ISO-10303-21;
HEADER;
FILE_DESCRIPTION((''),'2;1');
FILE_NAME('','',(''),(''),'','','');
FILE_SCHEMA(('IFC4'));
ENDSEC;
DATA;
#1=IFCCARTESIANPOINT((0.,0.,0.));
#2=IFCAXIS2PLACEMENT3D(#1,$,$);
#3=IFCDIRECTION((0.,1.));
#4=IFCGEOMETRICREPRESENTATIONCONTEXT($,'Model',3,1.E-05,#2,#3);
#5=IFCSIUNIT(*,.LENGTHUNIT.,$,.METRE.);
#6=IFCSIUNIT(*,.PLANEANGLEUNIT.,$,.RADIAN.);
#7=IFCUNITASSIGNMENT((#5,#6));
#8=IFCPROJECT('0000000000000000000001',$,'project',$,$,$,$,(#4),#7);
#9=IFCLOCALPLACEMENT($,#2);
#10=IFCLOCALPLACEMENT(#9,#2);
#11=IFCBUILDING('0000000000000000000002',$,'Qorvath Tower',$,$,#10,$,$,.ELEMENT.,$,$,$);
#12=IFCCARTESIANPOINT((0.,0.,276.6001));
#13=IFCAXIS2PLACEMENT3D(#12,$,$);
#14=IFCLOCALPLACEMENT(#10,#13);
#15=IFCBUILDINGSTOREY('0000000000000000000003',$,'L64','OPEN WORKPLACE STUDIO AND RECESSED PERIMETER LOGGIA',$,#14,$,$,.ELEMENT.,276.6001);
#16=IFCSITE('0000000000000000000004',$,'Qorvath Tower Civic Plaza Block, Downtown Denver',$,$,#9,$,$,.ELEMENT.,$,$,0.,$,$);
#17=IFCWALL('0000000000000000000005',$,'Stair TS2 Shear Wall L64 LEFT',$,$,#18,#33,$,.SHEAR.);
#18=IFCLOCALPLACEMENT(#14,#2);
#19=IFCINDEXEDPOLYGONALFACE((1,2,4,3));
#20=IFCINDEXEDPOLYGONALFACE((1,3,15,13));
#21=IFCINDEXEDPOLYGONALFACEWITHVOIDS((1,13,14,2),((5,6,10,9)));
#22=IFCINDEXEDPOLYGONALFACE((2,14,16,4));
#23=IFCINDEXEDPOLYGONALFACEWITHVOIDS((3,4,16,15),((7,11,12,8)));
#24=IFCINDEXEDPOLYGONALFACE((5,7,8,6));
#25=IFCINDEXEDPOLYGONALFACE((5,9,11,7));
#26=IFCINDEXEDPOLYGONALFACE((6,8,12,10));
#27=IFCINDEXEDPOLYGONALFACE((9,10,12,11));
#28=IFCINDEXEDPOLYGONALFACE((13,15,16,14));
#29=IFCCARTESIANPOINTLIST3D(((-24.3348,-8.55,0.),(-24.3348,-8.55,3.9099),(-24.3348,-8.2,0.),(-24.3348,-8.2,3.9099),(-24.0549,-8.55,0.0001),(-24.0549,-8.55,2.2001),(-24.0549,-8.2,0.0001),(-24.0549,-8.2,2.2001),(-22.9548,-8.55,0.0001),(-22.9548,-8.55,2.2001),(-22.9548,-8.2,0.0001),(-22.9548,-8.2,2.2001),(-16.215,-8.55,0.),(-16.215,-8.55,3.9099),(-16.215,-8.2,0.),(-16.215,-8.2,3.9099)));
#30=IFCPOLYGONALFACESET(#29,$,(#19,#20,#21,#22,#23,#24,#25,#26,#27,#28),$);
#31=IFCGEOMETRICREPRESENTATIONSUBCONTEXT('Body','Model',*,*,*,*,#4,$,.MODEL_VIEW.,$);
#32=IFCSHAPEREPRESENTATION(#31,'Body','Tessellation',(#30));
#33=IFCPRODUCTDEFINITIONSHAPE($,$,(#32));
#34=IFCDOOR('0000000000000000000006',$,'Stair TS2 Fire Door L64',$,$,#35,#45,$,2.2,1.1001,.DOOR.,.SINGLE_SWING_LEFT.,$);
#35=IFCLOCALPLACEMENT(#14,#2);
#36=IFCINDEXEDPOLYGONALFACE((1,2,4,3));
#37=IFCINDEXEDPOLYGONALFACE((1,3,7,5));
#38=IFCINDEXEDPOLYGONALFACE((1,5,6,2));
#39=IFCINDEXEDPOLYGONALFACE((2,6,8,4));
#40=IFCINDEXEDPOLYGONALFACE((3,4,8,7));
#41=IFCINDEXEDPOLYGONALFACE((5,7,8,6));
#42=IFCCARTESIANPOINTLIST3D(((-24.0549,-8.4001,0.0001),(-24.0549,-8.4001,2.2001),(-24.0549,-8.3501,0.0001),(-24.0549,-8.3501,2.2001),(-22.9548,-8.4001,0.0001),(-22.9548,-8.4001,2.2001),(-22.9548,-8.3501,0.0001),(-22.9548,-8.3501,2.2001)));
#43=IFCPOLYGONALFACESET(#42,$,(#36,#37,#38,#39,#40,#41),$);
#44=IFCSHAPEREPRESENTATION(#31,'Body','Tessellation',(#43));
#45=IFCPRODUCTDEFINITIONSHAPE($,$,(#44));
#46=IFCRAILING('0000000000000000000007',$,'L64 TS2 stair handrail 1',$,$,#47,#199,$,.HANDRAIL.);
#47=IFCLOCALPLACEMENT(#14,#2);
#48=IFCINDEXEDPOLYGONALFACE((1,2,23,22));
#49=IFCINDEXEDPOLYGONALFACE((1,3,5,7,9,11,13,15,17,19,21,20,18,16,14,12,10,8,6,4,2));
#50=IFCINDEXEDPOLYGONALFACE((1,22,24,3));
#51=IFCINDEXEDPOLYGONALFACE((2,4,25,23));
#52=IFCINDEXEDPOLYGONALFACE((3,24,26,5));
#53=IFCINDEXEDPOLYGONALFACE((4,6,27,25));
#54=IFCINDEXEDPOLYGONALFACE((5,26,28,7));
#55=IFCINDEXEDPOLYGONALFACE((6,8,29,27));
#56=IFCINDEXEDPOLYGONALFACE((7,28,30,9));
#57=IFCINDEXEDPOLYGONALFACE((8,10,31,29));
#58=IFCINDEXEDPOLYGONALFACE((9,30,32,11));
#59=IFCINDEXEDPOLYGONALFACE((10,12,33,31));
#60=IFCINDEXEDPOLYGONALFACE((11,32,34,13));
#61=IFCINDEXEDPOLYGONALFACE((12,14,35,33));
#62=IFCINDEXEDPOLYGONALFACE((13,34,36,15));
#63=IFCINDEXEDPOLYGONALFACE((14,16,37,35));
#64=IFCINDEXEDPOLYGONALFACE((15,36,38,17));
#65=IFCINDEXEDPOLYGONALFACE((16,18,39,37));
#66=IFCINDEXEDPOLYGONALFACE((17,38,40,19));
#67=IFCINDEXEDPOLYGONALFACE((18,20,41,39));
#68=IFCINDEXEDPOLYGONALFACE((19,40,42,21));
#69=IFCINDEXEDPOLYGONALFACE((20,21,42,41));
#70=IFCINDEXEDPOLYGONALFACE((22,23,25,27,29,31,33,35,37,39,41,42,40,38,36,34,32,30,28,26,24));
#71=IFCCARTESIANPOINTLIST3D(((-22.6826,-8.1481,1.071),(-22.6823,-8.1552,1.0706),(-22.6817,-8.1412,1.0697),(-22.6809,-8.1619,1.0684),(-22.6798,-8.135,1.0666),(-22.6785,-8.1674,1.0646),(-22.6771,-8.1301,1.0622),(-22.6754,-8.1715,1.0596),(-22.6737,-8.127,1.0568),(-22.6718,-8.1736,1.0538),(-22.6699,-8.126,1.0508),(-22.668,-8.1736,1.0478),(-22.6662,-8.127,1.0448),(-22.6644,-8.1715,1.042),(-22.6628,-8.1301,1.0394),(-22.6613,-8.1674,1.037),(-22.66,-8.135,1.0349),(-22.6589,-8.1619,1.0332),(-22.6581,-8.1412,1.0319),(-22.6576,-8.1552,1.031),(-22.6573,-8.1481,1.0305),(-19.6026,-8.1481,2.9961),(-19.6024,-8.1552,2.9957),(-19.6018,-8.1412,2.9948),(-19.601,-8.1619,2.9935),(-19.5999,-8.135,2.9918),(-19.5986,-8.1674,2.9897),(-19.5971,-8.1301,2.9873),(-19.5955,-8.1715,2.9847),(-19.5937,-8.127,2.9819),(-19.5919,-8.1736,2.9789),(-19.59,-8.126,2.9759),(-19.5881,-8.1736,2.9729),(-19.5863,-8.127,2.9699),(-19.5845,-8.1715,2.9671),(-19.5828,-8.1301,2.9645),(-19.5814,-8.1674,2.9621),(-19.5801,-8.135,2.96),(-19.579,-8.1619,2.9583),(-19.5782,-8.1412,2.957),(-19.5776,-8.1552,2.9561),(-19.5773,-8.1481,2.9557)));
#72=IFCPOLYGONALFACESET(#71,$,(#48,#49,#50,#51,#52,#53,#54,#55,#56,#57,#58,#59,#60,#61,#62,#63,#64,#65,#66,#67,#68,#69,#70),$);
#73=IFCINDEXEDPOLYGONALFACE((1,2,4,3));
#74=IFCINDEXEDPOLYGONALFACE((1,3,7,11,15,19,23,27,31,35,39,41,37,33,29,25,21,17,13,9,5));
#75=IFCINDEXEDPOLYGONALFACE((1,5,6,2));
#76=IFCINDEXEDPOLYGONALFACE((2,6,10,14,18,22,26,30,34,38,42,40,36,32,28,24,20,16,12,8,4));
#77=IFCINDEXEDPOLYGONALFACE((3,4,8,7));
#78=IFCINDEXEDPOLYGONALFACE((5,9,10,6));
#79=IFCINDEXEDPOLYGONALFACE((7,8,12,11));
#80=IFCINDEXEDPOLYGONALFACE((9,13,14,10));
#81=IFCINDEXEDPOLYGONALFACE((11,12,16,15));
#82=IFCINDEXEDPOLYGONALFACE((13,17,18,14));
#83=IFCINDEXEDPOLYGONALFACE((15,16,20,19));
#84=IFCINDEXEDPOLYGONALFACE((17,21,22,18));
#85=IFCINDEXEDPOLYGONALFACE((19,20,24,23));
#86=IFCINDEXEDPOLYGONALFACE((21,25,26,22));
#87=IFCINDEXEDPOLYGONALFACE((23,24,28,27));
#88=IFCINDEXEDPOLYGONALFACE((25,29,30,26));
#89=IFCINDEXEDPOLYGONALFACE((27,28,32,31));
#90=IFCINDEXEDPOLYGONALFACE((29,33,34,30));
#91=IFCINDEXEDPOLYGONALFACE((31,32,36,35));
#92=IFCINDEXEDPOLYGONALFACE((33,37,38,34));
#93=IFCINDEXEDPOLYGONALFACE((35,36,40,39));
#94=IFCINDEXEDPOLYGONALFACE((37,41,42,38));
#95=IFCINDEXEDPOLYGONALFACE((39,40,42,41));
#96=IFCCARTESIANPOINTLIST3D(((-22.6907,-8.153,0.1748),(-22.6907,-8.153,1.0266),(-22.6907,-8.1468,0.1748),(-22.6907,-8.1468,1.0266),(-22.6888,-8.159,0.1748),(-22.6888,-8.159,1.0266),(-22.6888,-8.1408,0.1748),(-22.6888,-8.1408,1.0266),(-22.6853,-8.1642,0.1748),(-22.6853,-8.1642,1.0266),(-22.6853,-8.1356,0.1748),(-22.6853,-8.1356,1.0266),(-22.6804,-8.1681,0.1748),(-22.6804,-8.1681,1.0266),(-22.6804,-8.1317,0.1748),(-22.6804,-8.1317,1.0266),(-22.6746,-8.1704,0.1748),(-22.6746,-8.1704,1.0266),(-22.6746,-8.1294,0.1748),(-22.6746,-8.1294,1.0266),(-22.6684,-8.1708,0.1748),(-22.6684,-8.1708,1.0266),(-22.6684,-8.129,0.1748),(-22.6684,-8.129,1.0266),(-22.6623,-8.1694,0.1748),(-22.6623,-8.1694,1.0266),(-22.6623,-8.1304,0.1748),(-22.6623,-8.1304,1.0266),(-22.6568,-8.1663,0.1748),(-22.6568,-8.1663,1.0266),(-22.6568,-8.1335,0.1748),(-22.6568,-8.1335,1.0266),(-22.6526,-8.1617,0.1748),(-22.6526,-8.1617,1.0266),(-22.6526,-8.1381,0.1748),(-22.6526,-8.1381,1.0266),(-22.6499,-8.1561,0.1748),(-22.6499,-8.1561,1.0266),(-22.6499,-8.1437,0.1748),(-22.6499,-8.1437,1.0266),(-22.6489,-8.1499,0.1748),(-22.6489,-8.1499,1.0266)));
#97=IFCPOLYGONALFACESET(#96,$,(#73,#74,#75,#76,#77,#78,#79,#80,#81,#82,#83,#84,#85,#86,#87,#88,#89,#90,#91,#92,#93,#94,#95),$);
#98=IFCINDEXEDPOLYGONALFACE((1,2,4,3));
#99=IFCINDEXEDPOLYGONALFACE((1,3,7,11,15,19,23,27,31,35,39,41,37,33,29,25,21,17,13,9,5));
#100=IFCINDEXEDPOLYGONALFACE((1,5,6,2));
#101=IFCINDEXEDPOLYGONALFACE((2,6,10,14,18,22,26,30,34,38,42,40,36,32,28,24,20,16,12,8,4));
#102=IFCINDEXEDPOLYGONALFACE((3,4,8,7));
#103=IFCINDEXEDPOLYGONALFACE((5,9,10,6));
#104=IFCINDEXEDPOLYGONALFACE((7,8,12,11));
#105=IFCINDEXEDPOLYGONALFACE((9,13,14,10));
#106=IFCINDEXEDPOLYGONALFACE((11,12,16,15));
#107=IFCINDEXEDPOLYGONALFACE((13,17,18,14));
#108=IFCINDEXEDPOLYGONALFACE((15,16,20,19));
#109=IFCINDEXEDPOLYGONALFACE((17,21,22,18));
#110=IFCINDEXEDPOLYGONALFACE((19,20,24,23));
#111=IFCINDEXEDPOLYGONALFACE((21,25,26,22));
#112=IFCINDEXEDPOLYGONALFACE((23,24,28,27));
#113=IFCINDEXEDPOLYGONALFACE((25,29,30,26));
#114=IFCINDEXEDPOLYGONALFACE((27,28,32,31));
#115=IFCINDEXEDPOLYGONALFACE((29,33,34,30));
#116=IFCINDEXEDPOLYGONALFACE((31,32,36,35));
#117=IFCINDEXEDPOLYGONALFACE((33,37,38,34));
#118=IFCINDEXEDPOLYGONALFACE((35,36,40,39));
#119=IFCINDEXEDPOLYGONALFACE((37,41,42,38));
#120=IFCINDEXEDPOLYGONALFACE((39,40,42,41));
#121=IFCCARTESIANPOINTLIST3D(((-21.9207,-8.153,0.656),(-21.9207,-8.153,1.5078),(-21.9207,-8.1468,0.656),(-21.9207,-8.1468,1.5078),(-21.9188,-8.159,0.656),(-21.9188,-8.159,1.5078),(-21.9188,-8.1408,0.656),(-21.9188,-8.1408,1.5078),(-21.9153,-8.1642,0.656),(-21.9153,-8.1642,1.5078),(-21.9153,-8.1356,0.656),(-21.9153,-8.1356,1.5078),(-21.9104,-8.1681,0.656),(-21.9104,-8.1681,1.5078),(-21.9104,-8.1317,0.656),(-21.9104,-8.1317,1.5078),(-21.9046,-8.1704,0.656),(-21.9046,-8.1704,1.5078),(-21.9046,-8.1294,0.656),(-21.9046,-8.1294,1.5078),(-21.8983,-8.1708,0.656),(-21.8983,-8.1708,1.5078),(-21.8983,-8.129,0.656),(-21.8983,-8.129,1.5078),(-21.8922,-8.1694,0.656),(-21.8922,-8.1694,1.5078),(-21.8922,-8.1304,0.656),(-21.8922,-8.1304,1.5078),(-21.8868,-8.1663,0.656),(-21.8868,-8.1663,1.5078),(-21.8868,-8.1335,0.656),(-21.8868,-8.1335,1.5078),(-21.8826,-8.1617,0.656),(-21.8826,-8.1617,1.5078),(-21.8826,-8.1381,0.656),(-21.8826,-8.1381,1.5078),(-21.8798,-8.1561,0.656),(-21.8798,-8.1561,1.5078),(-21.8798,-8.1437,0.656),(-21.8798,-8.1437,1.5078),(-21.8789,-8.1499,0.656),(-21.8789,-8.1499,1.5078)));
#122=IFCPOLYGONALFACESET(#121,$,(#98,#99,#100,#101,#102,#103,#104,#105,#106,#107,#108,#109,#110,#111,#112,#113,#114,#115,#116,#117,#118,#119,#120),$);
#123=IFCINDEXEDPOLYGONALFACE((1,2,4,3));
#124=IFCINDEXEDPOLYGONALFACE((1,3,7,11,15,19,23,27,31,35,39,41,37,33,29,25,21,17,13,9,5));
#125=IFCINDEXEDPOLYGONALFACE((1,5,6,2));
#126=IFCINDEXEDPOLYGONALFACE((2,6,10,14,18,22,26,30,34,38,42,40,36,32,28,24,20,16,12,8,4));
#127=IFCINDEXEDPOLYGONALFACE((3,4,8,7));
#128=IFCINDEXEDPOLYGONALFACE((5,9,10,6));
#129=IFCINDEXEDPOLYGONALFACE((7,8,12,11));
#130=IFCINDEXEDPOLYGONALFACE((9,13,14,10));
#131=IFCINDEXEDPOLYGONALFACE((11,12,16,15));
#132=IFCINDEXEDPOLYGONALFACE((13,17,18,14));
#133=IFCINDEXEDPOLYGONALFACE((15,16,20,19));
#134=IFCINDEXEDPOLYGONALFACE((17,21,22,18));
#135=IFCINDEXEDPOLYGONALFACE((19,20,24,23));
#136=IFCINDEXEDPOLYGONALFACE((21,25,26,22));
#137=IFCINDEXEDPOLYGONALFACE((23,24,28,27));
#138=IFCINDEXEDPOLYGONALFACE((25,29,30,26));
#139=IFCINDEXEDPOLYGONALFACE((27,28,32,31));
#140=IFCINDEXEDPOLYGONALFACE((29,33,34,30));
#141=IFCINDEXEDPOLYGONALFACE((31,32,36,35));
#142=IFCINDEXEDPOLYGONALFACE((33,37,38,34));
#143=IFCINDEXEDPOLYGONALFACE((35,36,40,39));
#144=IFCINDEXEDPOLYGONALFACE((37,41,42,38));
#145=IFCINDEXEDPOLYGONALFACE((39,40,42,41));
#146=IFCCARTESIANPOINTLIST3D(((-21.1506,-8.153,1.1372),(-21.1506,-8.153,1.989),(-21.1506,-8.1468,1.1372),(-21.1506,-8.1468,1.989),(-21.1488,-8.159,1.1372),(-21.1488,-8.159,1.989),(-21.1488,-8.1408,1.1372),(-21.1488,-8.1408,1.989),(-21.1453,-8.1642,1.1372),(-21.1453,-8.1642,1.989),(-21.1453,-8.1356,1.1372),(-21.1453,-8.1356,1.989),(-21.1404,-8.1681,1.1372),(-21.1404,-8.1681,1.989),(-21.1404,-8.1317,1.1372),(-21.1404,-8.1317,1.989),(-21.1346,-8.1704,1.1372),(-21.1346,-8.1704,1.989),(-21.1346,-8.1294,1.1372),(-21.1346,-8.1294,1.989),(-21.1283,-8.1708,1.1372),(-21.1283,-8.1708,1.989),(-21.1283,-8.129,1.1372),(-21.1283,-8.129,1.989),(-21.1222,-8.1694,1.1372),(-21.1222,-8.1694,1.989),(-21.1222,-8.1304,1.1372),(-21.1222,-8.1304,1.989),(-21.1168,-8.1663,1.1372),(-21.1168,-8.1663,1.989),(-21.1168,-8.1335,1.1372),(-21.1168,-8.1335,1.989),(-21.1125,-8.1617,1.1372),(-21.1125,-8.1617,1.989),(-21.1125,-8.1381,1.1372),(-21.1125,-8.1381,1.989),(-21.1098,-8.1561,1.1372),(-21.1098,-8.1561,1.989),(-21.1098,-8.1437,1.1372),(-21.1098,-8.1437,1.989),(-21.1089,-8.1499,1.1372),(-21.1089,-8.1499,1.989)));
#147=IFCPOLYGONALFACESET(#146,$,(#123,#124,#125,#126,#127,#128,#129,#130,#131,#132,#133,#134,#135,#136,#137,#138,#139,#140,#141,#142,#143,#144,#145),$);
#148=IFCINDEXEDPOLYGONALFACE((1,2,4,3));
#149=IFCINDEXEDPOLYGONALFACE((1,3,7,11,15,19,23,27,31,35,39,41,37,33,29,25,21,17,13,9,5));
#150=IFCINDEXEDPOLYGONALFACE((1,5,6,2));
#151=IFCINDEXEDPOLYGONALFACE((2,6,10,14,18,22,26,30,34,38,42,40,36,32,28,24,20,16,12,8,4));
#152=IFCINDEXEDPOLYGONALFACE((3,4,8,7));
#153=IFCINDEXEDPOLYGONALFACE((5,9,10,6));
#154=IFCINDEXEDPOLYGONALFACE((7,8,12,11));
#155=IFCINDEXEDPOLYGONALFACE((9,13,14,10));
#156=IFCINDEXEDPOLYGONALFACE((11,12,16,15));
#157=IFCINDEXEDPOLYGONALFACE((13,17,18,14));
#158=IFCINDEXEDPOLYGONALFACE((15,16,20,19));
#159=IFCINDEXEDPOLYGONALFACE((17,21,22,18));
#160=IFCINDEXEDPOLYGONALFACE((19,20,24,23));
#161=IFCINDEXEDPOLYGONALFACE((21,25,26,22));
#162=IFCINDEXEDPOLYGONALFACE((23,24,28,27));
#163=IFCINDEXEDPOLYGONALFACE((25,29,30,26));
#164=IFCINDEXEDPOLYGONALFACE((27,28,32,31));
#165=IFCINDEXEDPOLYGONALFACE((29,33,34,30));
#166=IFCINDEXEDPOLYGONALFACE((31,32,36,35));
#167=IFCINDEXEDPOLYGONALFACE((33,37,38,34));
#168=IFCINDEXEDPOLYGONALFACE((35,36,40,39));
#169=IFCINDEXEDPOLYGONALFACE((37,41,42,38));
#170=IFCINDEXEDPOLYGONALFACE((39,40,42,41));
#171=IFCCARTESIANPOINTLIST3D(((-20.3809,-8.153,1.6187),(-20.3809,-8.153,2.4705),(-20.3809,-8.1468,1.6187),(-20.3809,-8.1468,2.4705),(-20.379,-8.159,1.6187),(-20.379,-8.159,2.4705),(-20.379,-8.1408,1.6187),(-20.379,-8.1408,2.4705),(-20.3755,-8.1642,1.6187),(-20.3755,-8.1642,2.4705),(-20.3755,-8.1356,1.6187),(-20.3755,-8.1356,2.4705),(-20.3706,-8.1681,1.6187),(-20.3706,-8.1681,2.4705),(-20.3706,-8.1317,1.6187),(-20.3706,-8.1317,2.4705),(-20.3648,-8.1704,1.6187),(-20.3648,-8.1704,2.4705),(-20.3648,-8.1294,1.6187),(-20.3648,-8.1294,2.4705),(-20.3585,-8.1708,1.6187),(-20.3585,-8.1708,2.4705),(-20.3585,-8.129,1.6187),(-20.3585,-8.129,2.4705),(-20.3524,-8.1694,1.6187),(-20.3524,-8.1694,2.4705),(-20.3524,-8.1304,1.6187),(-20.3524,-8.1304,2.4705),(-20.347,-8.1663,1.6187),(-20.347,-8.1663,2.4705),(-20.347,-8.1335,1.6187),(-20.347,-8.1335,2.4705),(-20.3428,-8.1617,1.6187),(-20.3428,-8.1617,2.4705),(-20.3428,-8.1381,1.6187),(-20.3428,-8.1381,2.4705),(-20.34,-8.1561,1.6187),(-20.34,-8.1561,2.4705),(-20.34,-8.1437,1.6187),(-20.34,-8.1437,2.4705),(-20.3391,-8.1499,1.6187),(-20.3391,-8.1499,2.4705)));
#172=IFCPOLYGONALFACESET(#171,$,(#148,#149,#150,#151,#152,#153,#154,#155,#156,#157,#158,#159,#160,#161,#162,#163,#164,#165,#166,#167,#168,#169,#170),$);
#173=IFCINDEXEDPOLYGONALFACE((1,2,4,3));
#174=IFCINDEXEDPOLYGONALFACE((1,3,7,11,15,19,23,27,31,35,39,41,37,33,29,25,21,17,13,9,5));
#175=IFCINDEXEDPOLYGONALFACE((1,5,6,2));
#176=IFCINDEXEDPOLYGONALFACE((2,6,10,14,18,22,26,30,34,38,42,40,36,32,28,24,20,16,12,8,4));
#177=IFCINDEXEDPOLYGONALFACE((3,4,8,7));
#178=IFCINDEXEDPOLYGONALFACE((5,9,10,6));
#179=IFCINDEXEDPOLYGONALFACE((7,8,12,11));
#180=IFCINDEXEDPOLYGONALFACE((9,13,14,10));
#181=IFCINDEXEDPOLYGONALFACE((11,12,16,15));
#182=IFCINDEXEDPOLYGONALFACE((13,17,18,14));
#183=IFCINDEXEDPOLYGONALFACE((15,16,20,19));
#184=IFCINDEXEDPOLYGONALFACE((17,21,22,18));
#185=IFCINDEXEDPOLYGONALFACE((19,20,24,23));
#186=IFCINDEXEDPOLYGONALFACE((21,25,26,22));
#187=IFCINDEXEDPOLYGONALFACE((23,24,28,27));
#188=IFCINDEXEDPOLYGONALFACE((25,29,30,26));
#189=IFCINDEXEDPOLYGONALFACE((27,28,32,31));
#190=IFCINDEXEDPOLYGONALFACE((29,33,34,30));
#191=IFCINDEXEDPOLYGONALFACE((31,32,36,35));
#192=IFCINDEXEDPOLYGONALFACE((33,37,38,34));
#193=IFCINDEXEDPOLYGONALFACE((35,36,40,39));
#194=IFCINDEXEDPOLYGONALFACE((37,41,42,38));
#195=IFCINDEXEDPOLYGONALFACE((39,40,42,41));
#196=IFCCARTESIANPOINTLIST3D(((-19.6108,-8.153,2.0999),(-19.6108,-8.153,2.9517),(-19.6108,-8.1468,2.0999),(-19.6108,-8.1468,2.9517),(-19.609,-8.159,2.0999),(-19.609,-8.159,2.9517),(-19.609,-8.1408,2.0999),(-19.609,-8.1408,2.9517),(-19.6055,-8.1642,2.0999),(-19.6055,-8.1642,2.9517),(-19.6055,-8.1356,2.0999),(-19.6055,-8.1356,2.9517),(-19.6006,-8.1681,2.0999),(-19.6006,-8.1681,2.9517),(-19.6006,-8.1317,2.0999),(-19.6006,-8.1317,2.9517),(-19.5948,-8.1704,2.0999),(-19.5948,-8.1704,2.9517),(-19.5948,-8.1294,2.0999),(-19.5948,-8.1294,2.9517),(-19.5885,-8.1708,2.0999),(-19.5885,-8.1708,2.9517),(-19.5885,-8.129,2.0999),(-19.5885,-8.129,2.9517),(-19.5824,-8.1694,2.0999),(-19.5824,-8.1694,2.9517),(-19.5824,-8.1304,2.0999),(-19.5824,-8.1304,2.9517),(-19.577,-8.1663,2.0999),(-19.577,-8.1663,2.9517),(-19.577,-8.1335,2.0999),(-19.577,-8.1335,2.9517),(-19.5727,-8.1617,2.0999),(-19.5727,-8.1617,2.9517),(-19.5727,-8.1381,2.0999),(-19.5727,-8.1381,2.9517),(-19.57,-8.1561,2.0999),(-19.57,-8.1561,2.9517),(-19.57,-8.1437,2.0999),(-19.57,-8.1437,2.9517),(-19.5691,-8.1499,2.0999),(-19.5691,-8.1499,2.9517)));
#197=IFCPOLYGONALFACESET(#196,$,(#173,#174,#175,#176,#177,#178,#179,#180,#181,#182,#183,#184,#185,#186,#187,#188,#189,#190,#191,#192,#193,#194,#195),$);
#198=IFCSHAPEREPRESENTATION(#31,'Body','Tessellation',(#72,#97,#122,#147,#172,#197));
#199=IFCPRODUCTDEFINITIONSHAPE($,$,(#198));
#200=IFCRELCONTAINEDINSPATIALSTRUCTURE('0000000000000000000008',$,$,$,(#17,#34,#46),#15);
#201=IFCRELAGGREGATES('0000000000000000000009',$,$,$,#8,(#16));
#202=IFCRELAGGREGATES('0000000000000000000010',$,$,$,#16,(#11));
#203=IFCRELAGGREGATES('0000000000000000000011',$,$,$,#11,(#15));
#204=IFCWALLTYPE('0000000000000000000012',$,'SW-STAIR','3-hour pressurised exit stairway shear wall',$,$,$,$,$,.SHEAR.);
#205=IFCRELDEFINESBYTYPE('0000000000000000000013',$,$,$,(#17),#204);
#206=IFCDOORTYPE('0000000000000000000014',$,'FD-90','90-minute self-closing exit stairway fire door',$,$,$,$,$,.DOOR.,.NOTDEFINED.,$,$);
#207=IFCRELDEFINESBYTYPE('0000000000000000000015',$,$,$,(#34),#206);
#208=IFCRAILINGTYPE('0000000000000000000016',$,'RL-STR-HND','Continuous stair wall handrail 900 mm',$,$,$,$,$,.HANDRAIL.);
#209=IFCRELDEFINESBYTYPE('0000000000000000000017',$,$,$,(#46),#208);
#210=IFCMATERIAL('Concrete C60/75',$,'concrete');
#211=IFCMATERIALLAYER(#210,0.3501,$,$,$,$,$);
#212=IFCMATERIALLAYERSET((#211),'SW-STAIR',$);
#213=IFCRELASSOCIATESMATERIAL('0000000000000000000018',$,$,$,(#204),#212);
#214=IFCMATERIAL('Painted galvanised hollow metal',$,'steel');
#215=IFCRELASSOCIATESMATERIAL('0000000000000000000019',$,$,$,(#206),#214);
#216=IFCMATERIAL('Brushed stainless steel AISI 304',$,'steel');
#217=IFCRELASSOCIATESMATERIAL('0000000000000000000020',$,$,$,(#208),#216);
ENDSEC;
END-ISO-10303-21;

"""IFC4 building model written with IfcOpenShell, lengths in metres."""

from ifc_helpers import new_model, si_unit, direction, frame, frame_2d, origin, origin_2d, place, context, subcontext, project, spatial, rectangle, circle, extrude, material, layer, layer_set, type_object, element, fill, save


model = new_model("IFC4")

# Units and contexts
model_context = context("Model", 3, precision=1e-05, world=origin(), true_north=direction((0.0, 1.0)))
body_context = subcontext(model_context, "Body", "Model", "MODEL_VIEW")
ifc_project = project(units=[si_unit("LENGTHUNIT", "METRE"), si_unit("PLANEANGLEUNIT", "RADIAN")], contexts=[model_context])

# Site, building, storey
site_placement = place(None, origin())
site = spatial("IfcSite", under=ifc_project, at=site_placement, Name="Qorvath Tower Civic Plaza Block, Downtown Denver", CompositionType="ELEMENT", RefElevation=0.0)
building_placement = place(site_placement, origin())
building = spatial("IfcBuilding", under=site, at=building_placement, Name="Qorvath Tower", CompositionType="ELEMENT")
storey_placement = place(building_placement, frame((0.0, 0.0, 276.6001)))
storey = spatial("IfcBuildingStorey", under=building, at=storey_placement, Name="L64", Description="OPEN WORKPLACE STUDIO AND RECESSED PERIMETER LOGGIA", CompositionType="ELEMENT", Elevation=276.6001)

# Wall, opening, door
ifc_material_1 = material(Name="Concrete C60/75", Category="concrete")
ifc_layer_1 = layer(ifc_material_1, 0.3501)
ifc_layer_set_1 = layer_set([ifc_layer_1], Name="SW-STAIR")
wall_type_1 = type_object("IfcWallType", Name="SW-STAIR", Description="3-hour pressurised exit stairway shear wall", PredefinedType="SHEAR", material=ifc_layer_set_1)
wall_1_placement = place(storey_placement, frame((-24.335, -8.375, 0.0), z_axis=(0.0, 0.0, 1.0), x_axis=(1.0, 0.0, 0.0)))
wall_1 = element("IfcWall", 1, at=wall_1_placement, inside=storey, type_object=wall_type_1, Name="Stair TS2 Shear Wall L64 LEFT", PredefinedType="SHEAR", context=body_context, shape_type="SweptSolid", body=[
    extrude(rectangle(XDim=8.1199, YDim=0.3501, at=frame_2d((4.0601, 0.0))), origin(), (0.0, 0.0, 1.0), 3.9099),
])
opening_1_placement = place(wall_1_placement, frame((0.28, 0.0, 0.0)))
opening_1 = element("IfcOpeningElement", 2, at=opening_1_placement, cuts=wall_1, PredefinedType="OPENING", context=body_context, shape_type="SweptSolid", body=[
    extrude(rectangle(XDim=1.1001, YDim=2.2, at=frame_2d((0.55, 1.1001))), frame((0.0, 0.1851, 0.0), z_axis=(0.0, -1.0, 0.0), x_axis=(1.0, 0.0, 0.0)), (0.0, 0.0, 1.0), 0.3701),
])
ifc_material_2 = material(Name="Painted galvanised hollow metal", Category="steel")
door_type_1 = type_object("IfcDoorType", Name="FD-90", Description="90-minute self-closing exit stairway fire door", OperationType="NOTDEFINED", PredefinedType="DOOR", material=ifc_material_2)
door_1_placement = place(opening_1_placement, origin())
door_1 = element("IfcDoor", 3, at=door_1_placement, inside=storey, type_object=door_type_1, Name="Stair TS2 Fire Door L64", OperationType="SINGLE_SWING_LEFT", OverallHeight=2.2, OverallWidth=1.1001, PredefinedType="DOOR", context=body_context, shape_type="SweptSolid", body=[
    extrude(rectangle(XDim=1.1001, YDim=2.2, at=frame_2d((0.55, 1.1001))), frame((0.0, 0.0249, 0.0), z_axis=(0.0, -1.0, 0.0), x_axis=(1.0, 0.0, 0.0)), (0.0, 0.0, 1.0), 0.05),
])
fill(opening_1, door_1)

# Railing
ifc_material_3 = material(Name="Brushed stainless steel AISI 304", Category="steel")
railing_type = type_object("IfcRailingType", Name="RL-STR-HND", Description="Continuous stair wall handrail 900 mm", PredefinedType="HANDRAIL", material=ifc_material_3)
railing_placement = place(storey_placement, frame((-22.6699, -8.1499, 0.1748)))
element("IfcRailing", 4, at=railing_placement, inside=storey, type_object=railing_type, Name="L64 TS2 stair handrail 1", PredefinedType="HANDRAIL", context=body_context, shape_type="SweptSolid", body=[
    extrude(circle(Radius=0.0239, at=origin_2d()), frame((0.0, 0.0, 0.876), z_axis=(0.847979, 0.0, 0.530029), x_axis=(0.0, 1.0, 0.0)), (0.0, 0.0, 1.0), 3.6321),
    extrude(circle(Radius=0.021, at=origin_2d()), origin(), (0.0, 0.0, 1.0), 0.8518),
    extrude(circle(Radius=0.021, at=origin_2d()), frame((0.77, 0.0, 0.4812)), (0.0, 0.0, 1.0), 0.8518),
    extrude(circle(Radius=0.021, at=origin_2d()), frame((1.54, 0.0, 0.9624)), (0.0, 0.0, 1.0), 0.8518),
    extrude(circle(Radius=0.021, at=origin_2d()), frame((2.3098, 0.0, 1.4438)), (0.0, 0.0, 1.0), 0.8518),
    extrude(circle(Radius=0.021, at=origin_2d()), frame((3.0798, 0.0, 1.925)), (0.0, 0.0, 1.0), 0.8518),
])

save(model, "model.ifc")
